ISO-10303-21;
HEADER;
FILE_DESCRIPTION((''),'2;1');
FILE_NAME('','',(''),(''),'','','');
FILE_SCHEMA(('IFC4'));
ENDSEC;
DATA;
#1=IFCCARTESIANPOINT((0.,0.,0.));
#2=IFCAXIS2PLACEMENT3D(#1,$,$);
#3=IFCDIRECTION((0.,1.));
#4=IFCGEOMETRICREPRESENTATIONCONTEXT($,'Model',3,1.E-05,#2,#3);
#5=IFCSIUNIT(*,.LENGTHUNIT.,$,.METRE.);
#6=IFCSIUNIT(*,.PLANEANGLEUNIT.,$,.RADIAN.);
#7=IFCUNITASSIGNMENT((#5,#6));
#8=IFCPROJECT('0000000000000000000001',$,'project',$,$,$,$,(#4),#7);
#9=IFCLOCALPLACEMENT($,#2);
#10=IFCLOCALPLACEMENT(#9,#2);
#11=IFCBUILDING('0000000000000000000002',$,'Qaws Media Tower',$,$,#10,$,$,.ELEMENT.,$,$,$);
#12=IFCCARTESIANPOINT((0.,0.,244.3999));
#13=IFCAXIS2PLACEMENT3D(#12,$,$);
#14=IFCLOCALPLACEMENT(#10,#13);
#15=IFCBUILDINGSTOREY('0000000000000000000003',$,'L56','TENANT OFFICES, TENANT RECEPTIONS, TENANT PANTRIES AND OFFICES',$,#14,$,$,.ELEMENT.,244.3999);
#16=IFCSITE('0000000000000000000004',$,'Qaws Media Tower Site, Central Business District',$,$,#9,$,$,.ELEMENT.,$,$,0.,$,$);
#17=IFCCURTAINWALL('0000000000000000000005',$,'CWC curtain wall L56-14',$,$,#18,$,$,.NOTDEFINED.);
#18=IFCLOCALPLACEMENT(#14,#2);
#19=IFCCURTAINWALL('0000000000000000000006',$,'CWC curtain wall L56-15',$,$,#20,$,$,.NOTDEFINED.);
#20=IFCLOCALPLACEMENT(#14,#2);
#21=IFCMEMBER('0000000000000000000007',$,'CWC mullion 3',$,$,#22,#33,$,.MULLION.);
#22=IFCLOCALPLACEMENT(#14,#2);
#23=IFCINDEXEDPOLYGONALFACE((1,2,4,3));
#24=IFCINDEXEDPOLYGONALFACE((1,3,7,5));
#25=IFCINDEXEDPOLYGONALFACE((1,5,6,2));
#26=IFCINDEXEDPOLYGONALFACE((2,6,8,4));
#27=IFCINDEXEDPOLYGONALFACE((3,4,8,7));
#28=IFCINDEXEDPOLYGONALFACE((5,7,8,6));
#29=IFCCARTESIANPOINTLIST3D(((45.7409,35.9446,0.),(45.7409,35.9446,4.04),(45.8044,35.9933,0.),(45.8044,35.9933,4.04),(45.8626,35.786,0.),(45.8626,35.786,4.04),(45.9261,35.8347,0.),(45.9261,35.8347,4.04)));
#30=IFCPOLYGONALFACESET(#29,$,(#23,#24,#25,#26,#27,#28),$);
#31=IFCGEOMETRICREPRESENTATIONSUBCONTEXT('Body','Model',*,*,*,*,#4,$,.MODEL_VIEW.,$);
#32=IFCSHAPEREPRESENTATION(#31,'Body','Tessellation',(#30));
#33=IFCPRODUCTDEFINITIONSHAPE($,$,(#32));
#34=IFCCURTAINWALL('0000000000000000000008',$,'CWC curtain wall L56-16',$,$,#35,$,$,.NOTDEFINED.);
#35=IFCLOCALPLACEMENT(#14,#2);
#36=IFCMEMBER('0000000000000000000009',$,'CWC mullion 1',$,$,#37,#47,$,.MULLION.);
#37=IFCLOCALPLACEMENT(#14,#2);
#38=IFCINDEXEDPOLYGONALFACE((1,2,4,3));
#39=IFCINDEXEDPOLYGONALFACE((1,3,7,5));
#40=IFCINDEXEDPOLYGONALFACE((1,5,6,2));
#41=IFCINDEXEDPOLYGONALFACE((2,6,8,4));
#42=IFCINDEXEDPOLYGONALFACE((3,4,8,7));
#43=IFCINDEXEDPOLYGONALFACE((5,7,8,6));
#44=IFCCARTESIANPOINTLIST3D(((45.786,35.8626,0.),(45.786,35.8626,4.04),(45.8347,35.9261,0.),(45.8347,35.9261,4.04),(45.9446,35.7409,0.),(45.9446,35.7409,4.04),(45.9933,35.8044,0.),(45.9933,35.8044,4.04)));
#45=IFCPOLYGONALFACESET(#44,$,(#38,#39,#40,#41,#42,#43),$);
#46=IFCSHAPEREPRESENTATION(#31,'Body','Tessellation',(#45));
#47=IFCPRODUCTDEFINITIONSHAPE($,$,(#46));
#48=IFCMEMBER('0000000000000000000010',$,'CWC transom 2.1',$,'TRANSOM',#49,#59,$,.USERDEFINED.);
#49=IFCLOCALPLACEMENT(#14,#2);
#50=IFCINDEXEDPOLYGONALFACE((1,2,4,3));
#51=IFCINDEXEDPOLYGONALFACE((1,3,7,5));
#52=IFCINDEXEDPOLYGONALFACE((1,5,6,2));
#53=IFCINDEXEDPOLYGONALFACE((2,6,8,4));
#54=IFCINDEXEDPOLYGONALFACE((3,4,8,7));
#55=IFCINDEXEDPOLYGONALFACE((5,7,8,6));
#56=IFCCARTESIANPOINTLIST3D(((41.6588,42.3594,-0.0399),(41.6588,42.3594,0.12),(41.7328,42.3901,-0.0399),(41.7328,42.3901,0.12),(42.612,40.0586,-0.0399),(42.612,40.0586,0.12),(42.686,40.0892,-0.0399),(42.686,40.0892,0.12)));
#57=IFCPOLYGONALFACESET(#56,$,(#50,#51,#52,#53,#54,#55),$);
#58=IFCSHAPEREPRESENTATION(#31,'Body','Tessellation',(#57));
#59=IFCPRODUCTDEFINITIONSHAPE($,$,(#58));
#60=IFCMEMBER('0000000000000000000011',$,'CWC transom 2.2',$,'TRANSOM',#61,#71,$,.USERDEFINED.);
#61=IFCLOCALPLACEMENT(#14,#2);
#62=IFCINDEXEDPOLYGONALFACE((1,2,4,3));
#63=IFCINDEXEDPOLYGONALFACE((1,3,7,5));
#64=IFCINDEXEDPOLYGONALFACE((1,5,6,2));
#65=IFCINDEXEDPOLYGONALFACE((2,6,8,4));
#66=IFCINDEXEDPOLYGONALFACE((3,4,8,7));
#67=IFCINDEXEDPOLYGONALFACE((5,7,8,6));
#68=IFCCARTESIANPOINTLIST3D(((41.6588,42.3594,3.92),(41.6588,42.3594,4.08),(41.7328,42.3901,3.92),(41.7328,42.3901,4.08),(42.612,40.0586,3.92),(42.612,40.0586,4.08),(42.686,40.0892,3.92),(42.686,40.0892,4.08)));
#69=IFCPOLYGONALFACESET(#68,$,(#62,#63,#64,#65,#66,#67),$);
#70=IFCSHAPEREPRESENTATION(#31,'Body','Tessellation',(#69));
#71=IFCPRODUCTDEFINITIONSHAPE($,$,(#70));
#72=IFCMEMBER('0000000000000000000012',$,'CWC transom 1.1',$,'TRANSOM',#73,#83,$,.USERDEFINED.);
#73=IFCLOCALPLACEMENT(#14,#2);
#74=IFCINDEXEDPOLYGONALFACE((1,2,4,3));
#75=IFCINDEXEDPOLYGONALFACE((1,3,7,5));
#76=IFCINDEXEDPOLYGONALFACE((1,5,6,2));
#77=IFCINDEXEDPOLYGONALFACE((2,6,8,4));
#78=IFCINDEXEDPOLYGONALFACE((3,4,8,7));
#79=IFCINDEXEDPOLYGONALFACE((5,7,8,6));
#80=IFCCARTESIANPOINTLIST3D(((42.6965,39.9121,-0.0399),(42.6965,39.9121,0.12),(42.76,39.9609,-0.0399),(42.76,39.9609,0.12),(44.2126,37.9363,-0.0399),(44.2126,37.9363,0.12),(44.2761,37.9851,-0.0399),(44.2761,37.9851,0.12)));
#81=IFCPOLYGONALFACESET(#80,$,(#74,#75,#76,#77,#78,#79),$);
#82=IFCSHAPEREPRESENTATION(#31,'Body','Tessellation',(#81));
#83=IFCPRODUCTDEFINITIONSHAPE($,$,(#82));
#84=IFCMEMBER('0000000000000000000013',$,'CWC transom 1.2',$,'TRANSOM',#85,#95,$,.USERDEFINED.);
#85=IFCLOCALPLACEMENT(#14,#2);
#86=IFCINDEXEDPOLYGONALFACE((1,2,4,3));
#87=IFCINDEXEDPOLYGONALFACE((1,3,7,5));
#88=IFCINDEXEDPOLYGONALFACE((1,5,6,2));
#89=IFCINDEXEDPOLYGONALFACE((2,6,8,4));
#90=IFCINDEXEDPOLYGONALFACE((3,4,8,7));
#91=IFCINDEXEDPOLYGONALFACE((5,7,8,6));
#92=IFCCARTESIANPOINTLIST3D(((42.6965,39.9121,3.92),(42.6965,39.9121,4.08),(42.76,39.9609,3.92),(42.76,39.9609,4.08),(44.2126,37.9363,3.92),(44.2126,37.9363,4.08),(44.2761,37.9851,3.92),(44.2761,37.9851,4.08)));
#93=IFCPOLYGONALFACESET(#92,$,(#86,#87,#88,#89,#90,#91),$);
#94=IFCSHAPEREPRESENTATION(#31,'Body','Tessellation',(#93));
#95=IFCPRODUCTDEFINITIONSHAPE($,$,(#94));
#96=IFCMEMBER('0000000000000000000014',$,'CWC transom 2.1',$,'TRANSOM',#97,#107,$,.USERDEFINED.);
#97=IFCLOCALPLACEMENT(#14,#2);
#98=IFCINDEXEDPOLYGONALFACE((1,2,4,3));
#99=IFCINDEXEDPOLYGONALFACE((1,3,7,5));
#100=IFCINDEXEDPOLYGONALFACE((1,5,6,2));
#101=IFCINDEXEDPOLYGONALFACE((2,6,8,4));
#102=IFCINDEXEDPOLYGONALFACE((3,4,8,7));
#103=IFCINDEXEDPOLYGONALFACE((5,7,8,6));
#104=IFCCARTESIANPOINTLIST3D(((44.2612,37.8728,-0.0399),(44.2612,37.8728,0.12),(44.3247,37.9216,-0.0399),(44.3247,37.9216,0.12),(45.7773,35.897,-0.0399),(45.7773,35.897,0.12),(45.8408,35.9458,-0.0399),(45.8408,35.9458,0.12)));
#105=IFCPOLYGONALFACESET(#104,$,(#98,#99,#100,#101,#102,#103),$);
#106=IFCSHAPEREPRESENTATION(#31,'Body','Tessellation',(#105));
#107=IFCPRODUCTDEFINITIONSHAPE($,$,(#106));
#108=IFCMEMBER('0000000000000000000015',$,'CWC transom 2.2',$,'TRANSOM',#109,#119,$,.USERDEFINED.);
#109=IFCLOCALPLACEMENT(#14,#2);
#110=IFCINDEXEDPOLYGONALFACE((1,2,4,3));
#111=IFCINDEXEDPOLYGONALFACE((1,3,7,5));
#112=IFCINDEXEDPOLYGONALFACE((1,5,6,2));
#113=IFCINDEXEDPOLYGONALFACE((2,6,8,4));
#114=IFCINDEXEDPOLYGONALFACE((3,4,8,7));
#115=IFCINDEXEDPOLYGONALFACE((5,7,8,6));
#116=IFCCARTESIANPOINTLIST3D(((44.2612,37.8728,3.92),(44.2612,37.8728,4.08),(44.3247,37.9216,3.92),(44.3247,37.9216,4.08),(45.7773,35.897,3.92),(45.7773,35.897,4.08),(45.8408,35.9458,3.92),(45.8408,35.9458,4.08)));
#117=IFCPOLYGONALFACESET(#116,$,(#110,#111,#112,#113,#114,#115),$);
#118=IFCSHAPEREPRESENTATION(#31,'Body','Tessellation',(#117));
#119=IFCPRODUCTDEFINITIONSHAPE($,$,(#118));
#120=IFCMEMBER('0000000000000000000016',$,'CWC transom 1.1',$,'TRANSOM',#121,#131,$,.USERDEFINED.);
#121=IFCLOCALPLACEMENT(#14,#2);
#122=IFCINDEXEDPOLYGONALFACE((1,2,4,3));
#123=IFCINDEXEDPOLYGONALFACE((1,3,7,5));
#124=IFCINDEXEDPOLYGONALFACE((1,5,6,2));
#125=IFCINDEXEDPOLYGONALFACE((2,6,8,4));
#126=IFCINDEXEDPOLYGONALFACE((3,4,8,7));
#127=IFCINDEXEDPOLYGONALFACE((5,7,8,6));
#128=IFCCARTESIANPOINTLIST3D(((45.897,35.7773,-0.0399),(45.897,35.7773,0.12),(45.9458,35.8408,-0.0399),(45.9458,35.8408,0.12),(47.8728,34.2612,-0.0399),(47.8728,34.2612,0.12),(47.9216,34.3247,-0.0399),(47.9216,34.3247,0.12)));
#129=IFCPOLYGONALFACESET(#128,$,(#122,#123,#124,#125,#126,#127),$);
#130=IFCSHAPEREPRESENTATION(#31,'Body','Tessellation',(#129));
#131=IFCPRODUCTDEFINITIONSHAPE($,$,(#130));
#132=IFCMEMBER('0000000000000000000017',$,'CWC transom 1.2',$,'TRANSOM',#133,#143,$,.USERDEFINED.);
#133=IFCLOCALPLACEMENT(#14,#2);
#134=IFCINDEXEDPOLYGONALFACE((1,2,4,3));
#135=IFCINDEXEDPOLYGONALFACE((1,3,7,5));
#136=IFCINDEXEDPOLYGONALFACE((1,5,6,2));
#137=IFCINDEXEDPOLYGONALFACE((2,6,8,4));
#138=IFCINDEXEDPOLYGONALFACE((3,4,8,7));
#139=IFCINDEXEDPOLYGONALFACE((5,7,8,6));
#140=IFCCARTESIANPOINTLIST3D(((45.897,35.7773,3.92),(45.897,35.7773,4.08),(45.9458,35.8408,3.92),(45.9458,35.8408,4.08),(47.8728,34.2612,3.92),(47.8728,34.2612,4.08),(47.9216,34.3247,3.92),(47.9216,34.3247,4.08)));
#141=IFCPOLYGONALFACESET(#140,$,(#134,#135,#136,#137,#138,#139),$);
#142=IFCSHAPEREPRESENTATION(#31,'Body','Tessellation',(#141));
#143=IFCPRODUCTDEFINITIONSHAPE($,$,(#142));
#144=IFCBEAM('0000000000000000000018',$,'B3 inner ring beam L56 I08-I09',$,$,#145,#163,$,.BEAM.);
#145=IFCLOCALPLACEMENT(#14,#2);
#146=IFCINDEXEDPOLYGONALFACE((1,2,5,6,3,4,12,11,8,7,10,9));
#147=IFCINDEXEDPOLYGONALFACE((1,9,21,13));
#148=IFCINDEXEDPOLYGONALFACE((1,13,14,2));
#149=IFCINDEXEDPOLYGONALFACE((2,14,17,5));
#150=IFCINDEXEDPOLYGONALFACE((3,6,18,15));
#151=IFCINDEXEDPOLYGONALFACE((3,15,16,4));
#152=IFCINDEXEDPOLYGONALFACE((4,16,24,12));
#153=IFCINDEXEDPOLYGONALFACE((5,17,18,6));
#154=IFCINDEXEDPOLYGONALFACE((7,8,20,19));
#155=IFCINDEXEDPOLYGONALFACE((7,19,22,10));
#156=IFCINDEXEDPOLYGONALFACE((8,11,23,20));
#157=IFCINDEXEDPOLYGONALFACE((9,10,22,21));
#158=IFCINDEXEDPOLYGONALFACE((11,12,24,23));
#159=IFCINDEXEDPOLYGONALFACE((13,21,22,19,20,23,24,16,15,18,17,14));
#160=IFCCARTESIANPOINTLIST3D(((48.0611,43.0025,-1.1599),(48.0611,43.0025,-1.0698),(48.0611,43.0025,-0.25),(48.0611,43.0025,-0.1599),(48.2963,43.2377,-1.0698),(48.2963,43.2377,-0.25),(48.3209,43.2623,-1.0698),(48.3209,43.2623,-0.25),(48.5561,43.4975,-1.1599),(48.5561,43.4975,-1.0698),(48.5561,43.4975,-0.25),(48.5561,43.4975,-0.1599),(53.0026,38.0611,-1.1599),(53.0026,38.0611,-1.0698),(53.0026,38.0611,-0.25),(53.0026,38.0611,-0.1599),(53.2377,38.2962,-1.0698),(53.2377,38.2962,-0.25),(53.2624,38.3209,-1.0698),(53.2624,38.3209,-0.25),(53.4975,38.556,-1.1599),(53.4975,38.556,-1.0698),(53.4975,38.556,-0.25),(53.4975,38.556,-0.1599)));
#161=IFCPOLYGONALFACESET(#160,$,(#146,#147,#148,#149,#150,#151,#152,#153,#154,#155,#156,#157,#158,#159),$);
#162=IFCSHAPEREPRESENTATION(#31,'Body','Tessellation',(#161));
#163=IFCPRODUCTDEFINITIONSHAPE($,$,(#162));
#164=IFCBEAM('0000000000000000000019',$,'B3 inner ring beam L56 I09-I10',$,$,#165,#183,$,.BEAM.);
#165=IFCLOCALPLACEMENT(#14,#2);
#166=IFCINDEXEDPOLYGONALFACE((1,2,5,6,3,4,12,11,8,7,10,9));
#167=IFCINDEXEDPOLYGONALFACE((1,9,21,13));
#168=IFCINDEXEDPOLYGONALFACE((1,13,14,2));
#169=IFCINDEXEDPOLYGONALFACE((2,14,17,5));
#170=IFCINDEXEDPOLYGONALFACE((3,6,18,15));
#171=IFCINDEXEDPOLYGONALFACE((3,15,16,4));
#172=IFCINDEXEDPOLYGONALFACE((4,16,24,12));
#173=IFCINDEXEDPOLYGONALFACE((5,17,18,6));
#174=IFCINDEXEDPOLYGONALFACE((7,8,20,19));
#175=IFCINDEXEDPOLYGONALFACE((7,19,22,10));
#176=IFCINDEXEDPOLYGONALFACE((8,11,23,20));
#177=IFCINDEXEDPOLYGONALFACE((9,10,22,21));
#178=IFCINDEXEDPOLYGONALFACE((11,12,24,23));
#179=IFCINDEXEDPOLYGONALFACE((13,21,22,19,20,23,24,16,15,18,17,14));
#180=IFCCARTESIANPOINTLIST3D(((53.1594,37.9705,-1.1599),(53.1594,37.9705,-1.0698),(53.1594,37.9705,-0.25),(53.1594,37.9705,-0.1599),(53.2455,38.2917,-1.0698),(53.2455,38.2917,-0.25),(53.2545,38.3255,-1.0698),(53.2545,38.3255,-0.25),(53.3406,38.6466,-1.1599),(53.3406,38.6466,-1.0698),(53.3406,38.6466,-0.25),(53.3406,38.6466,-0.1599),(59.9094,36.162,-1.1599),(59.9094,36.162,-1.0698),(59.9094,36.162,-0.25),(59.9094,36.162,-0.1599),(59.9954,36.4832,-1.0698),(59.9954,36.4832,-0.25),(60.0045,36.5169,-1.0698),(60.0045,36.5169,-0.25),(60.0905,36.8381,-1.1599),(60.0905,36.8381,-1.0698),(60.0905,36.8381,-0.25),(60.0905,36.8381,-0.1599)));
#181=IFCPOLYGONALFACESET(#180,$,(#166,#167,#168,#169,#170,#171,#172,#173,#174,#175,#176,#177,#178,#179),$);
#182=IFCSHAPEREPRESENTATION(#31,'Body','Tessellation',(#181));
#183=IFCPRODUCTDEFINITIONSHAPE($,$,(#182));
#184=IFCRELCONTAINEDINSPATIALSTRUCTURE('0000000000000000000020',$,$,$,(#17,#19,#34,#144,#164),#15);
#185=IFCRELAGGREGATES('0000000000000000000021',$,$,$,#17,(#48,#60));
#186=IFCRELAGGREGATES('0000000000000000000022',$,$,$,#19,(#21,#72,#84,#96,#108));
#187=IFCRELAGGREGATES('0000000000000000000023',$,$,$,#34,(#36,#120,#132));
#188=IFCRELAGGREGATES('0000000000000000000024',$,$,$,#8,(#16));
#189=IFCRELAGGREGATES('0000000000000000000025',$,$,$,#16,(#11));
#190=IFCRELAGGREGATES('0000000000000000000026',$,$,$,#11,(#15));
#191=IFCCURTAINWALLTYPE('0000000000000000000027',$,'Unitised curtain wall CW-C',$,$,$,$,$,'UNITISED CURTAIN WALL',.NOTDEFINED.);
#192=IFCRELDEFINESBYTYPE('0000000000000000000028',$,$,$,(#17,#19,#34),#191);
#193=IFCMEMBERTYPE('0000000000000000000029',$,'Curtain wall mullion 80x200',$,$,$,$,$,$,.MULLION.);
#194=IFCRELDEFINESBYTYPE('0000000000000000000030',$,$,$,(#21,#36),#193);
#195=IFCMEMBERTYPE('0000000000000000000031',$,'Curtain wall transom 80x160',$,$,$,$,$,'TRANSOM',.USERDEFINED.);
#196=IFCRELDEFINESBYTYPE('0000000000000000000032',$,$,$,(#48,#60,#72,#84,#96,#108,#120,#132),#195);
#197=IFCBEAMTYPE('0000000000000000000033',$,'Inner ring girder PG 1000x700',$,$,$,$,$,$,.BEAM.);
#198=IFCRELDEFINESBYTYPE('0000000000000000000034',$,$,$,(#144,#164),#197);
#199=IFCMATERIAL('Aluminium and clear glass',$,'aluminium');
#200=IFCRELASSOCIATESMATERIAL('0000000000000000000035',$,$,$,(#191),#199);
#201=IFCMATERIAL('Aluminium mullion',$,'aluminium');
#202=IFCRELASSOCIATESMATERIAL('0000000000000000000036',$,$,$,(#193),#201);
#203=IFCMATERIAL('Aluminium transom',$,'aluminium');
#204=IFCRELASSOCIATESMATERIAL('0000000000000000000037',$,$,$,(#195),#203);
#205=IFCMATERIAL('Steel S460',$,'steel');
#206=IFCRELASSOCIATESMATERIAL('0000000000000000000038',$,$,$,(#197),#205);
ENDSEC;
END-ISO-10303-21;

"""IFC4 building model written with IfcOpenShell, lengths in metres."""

from ifc_helpers import new_model, si_unit, direction, frame, origin, origin_2d, place, context, subcontext, project, spatial, rectangle, i_section, extrude, material, material_profile, profile_set, type_object, element, aggregate, save


model = new_model("IFC4")

# Units and contexts
model_context = context("Model", 3, precision=1e-05, world=origin(), true_north=direction((0.0, 1.0)))
body_context = subcontext(model_context, "Body", "Model", "MODEL_VIEW")
ifc_project = project(units=[si_unit("LENGTHUNIT", "METRE"), si_unit("PLANEANGLEUNIT", "RADIAN")], contexts=[model_context])

# Site, building, storey
site_placement = place(None, origin())
site = spatial("IfcSite", under=ifc_project, at=site_placement, Name="Qaws Media Tower Site, Central Business District", CompositionType="ELEMENT", RefElevation=0.0)
building_placement = place(site_placement, origin())
building = spatial("IfcBuilding", under=site, at=building_placement, Name="Qaws Media Tower", CompositionType="ELEMENT")
storey_placement = place(building_placement, frame((0.0, 0.0, 244.3999)))
storey = spatial("IfcBuildingStorey", under=building, at=storey_placement, Name="L56", Description="TENANT OFFICES, TENANT RECEPTIONS, TENANT PANTRIES AND OFFICES", CompositionType="ELEMENT", Elevation=244.3999)

# Curtain wall
ifc_material_1 = material(Name="Aluminium and clear glass", Category="aluminium")
curtain_wall_type = type_object("IfcCurtainWallType", Name="Unitised curtain wall CW-C", ElementType="UNITISED CURTAIN WALL", PredefinedType="NOTDEFINED", material=ifc_material_1)
curtain_wall_1_placement = place(storey_placement, origin())
curtain_wall_1 = element("IfcCurtainWall", 1, at=curtain_wall_1_placement, inside=storey, type_object=curtain_wall_type, Name="CWC curtain wall L56-14", PredefinedType="NOTDEFINED")
ifc_material_2 = material(Name="Aluminium mullion", Category="aluminium")
ifc_material_profile_1 = material_profile(ifc_material_2, rectangle(XDim=0.0801, YDim=0.2, at=origin_2d()), Name="80x200")
ifc_profile_set_1 = profile_set([ifc_material_profile_1], Name="Aluminium mullion")
member_type_1 = type_object("IfcMemberType", Name="Curtain wall mullion 80x200", PredefinedType="MULLION", material=ifc_profile_set_1)

# Curtain wall, member
curtain_wall_2_placement = place(storey_placement, origin())
curtain_wall_2 = element("IfcCurtainWall", 2, at=curtain_wall_2_placement, inside=storey, type_object=curtain_wall_type, Name="CWC curtain wall L56-15", PredefinedType="NOTDEFINED")
member_1_placement = place(storey_placement, frame((45.8335, 35.8896, 0.0), z_axis=(0.0, 0.0, 1.0), x_axis=(0.793353, 0.608761, 0.0)))
member_1 = element("IfcMember", 3, at=member_1_placement, type_object=member_type_1, Name="CWC mullion 3", PredefinedType="MULLION", context=body_context, shape_type="SweptSolid", body=[
    extrude(rectangle(XDim=0.0801, YDim=0.2, at=origin_2d()), origin(), (0.0, 0.0, 1.0), 4.04),
])

# Curtain wall, member
curtain_wall_3_placement = place(storey_placement, origin())
curtain_wall_3 = element("IfcCurtainWall", 4, at=curtain_wall_3_placement, inside=storey, type_object=curtain_wall_type, Name="CWC curtain wall L56-16", PredefinedType="NOTDEFINED")
member_2_placement = place(storey_placement, frame((45.8896, 35.8335, 0.0), z_axis=(0.0, 0.0, 1.0), x_axis=(0.608761, 0.793353, 0.0)))
member_2 = element("IfcMember", 5, at=member_2_placement, type_object=member_type_1, Name="CWC mullion 1", PredefinedType="MULLION", context=body_context, shape_type="SweptSolid", body=[
    extrude(rectangle(XDim=0.0801, YDim=0.2, at=origin_2d()), origin(), (0.0, 0.0, 1.0), 4.04),
])

# Members
ifc_material_3 = material(Name="Aluminium transom", Category="aluminium")
ifc_material_profile_2 = material_profile(ifc_material_3, rectangle(XDim=0.0801, YDim=0.1599, at=origin_2d()), Name="80x160")
ifc_profile_set_2 = profile_set([ifc_material_profile_2], Name="Aluminium transom")
member_type_2 = type_object("IfcMemberType", Name="Curtain wall transom 80x160", ElementType="TRANSOM", PredefinedType="USERDEFINED", material=ifc_profile_set_2)
member_3_placement = place(storey_placement, frame((41.6958, 42.3748, 0.04), z_axis=(0.382721, -0.923864, 0.0), x_axis=(0.923864, 0.382721, 0.0)))
member_3 = element("IfcMember", 6, at=member_3_placement, type_object=member_type_2, Name="CWC transom 2.1", ObjectType="TRANSOM", PredefinedType="USERDEFINED", context=body_context, shape_type="SweptSolid", body=[
    extrude(rectangle(XDim=0.0801, YDim=0.1599, at=origin_2d()), origin(), (0.0, 0.0, 1.0), 2.4905),
])
member_4_placement = place(storey_placement, frame((41.6958, 42.3748, 4.0), z_axis=(0.382721, -0.923864, 0.0), x_axis=(0.923864, 0.382721, 0.0)))
member_4 = element("IfcMember", 7, at=member_4_placement, type_object=member_type_2, Name="CWC transom 2.2", ObjectType="TRANSOM", PredefinedType="USERDEFINED", context=body_context, shape_type="SweptSolid", body=[
    extrude(rectangle(XDim=0.0801, YDim=0.1599, at=origin_2d()), origin(), (0.0, 0.0, 1.0), 2.4905),
])
member_5_placement = place(storey_placement, frame((42.7283, 39.9365, 0.04), z_axis=(0.608763, -0.793352, 0.0), x_axis=(0.793352, 0.608763, 0.0)))
member_5 = element("IfcMember", 8, at=member_5_placement, type_object=member_type_2, Name="CWC transom 1.1", ObjectType="TRANSOM", PredefinedType="USERDEFINED", context=body_context, shape_type="SweptSolid", body=[
    extrude(rectangle(XDim=0.0801, YDim=0.1599, at=origin_2d()), origin(), (0.0, 0.0, 1.0), 2.4905),
])
member_6_placement = place(storey_placement, frame((42.7283, 39.9365, 4.0), z_axis=(0.608763, -0.793352, 0.0), x_axis=(0.793352, 0.608763, 0.0)))
member_6 = element("IfcMember", 9, at=member_6_placement, type_object=member_type_2, Name="CWC transom 1.2", ObjectType="TRANSOM", PredefinedType="USERDEFINED", context=body_context, shape_type="SweptSolid", body=[
    extrude(rectangle(XDim=0.0801, YDim=0.1599, at=origin_2d()), origin(), (0.0, 0.0, 1.0), 2.4905),
])
member_7_placement = place(storey_placement, frame((44.293, 37.8972, 0.04), z_axis=(0.608763, -0.793352, 0.0), x_axis=(0.793352, 0.608763, 0.0)))
member_7 = element("IfcMember", 10, at=member_7_placement, type_object=member_type_2, Name="CWC transom 2.1", ObjectType="TRANSOM", PredefinedType="USERDEFINED", context=body_context, shape_type="SweptSolid", body=[
    extrude(rectangle(XDim=0.0801, YDim=0.1599, at=origin_2d()), origin(), (0.0, 0.0, 1.0), 2.4905),
])
member_8_placement = place(storey_placement, frame((44.293, 37.8972, 4.0), z_axis=(0.608763, -0.793352, 0.0), x_axis=(0.793352, 0.608763, 0.0)))
member_8 = element("IfcMember", 11, at=member_8_placement, type_object=member_type_2, Name="CWC transom 2.2", ObjectType="TRANSOM", PredefinedType="USERDEFINED", context=body_context, shape_type="SweptSolid", body=[
    extrude(rectangle(XDim=0.0801, YDim=0.1599, at=origin_2d()), origin(), (0.0, 0.0, 1.0), 2.4905),
])
member_9_placement = place(storey_placement, frame((45.9214, 35.8091, 0.04), z_axis=(0.793352, -0.608763, 0.0), x_axis=(0.608763, 0.793352, 0.0)))
member_9 = element("IfcMember", 12, at=member_9_placement, type_object=member_type_2, Name="CWC transom 1.1", ObjectType="TRANSOM", PredefinedType="USERDEFINED", context=body_context, shape_type="SweptSolid", body=[
    extrude(rectangle(XDim=0.0801, YDim=0.1599, at=origin_2d()), origin(), (0.0, 0.0, 1.0), 2.4905),
])
member_10_placement = place(storey_placement, frame((45.9214, 35.8091, 4.0), z_axis=(0.793352, -0.608763, 0.0), x_axis=(0.608763, 0.793352, 0.0)))
member_10 = element("IfcMember", 13, at=member_10_placement, type_object=member_type_2, Name="CWC transom 1.2", ObjectType="TRANSOM", PredefinedType="USERDEFINED", context=body_context, shape_type="SweptSolid", body=[
    extrude(rectangle(XDim=0.0801, YDim=0.1599, at=origin_2d()), origin(), (0.0, 0.0, 1.0), 2.4905),
])

# Beams
ifc_material_4 = material(Name="Steel S460", Category="steel")
ifc_material_profile_3 = material_profile(ifc_material_4, i_section(OverallWidth=0.7, OverallDepth=1.0, WebThickness=0.0349, FlangeThickness=0.0901, at=origin_2d()), Name="PG 1000x700")
ifc_profile_set_3 = profile_set([ifc_material_profile_3], Name="Steel S460")
beam_type_1 = type_object("IfcBeamType", Name="Inner ring girder PG 1000x700", PredefinedType="BEAM", material=ifc_profile_set_3)
beam_1_placement = place(storey_placement, frame((48.3086, 43.25, -0.6599), z_axis=(0.707107, -0.707107, 0.0), x_axis=(0.707107, 0.707107, 0.0)))
element("IfcBeam", 14, at=beam_1_placement, inside=storey, type_object=beam_type_1, Name="B3 inner ring beam L56 I08-I09", PredefinedType="BEAM", context=body_context, shape_type="SweptSolid", body=[
    extrude(i_section(OverallWidth=0.7, OverallDepth=1.0, WebThickness=0.0349, FlangeThickness=0.0901, at=origin_2d()), origin(), (0.0, 0.0, 1.0), 6.9883),
])
beam_2_placement = place(storey_placement, frame((53.25, 38.3086, -0.6599), z_axis=(0.965928, -0.258811, 0.0), x_axis=(0.258811, 0.965928, 0.0)))
element("IfcBeam", 15, at=beam_2_placement, inside=storey, type_object=beam_type_1, Name="B3 inner ring beam L56 I09-I10", PredefinedType="BEAM", context=body_context, shape_type="SweptSolid", body=[
    extrude(i_section(OverallWidth=0.7, OverallDepth=1.0, WebThickness=0.0349, FlangeThickness=0.0901, at=origin_2d()), origin(), (0.0, 0.0, 1.0), 6.988),
])

aggregate(curtain_wall_1, [member_3, member_4])
aggregate(curtain_wall_2, [member_1, member_5, member_6, member_7, member_8])
aggregate(curtain_wall_3, [member_2, member_9, member_10])

save(model, "model.ifc")
